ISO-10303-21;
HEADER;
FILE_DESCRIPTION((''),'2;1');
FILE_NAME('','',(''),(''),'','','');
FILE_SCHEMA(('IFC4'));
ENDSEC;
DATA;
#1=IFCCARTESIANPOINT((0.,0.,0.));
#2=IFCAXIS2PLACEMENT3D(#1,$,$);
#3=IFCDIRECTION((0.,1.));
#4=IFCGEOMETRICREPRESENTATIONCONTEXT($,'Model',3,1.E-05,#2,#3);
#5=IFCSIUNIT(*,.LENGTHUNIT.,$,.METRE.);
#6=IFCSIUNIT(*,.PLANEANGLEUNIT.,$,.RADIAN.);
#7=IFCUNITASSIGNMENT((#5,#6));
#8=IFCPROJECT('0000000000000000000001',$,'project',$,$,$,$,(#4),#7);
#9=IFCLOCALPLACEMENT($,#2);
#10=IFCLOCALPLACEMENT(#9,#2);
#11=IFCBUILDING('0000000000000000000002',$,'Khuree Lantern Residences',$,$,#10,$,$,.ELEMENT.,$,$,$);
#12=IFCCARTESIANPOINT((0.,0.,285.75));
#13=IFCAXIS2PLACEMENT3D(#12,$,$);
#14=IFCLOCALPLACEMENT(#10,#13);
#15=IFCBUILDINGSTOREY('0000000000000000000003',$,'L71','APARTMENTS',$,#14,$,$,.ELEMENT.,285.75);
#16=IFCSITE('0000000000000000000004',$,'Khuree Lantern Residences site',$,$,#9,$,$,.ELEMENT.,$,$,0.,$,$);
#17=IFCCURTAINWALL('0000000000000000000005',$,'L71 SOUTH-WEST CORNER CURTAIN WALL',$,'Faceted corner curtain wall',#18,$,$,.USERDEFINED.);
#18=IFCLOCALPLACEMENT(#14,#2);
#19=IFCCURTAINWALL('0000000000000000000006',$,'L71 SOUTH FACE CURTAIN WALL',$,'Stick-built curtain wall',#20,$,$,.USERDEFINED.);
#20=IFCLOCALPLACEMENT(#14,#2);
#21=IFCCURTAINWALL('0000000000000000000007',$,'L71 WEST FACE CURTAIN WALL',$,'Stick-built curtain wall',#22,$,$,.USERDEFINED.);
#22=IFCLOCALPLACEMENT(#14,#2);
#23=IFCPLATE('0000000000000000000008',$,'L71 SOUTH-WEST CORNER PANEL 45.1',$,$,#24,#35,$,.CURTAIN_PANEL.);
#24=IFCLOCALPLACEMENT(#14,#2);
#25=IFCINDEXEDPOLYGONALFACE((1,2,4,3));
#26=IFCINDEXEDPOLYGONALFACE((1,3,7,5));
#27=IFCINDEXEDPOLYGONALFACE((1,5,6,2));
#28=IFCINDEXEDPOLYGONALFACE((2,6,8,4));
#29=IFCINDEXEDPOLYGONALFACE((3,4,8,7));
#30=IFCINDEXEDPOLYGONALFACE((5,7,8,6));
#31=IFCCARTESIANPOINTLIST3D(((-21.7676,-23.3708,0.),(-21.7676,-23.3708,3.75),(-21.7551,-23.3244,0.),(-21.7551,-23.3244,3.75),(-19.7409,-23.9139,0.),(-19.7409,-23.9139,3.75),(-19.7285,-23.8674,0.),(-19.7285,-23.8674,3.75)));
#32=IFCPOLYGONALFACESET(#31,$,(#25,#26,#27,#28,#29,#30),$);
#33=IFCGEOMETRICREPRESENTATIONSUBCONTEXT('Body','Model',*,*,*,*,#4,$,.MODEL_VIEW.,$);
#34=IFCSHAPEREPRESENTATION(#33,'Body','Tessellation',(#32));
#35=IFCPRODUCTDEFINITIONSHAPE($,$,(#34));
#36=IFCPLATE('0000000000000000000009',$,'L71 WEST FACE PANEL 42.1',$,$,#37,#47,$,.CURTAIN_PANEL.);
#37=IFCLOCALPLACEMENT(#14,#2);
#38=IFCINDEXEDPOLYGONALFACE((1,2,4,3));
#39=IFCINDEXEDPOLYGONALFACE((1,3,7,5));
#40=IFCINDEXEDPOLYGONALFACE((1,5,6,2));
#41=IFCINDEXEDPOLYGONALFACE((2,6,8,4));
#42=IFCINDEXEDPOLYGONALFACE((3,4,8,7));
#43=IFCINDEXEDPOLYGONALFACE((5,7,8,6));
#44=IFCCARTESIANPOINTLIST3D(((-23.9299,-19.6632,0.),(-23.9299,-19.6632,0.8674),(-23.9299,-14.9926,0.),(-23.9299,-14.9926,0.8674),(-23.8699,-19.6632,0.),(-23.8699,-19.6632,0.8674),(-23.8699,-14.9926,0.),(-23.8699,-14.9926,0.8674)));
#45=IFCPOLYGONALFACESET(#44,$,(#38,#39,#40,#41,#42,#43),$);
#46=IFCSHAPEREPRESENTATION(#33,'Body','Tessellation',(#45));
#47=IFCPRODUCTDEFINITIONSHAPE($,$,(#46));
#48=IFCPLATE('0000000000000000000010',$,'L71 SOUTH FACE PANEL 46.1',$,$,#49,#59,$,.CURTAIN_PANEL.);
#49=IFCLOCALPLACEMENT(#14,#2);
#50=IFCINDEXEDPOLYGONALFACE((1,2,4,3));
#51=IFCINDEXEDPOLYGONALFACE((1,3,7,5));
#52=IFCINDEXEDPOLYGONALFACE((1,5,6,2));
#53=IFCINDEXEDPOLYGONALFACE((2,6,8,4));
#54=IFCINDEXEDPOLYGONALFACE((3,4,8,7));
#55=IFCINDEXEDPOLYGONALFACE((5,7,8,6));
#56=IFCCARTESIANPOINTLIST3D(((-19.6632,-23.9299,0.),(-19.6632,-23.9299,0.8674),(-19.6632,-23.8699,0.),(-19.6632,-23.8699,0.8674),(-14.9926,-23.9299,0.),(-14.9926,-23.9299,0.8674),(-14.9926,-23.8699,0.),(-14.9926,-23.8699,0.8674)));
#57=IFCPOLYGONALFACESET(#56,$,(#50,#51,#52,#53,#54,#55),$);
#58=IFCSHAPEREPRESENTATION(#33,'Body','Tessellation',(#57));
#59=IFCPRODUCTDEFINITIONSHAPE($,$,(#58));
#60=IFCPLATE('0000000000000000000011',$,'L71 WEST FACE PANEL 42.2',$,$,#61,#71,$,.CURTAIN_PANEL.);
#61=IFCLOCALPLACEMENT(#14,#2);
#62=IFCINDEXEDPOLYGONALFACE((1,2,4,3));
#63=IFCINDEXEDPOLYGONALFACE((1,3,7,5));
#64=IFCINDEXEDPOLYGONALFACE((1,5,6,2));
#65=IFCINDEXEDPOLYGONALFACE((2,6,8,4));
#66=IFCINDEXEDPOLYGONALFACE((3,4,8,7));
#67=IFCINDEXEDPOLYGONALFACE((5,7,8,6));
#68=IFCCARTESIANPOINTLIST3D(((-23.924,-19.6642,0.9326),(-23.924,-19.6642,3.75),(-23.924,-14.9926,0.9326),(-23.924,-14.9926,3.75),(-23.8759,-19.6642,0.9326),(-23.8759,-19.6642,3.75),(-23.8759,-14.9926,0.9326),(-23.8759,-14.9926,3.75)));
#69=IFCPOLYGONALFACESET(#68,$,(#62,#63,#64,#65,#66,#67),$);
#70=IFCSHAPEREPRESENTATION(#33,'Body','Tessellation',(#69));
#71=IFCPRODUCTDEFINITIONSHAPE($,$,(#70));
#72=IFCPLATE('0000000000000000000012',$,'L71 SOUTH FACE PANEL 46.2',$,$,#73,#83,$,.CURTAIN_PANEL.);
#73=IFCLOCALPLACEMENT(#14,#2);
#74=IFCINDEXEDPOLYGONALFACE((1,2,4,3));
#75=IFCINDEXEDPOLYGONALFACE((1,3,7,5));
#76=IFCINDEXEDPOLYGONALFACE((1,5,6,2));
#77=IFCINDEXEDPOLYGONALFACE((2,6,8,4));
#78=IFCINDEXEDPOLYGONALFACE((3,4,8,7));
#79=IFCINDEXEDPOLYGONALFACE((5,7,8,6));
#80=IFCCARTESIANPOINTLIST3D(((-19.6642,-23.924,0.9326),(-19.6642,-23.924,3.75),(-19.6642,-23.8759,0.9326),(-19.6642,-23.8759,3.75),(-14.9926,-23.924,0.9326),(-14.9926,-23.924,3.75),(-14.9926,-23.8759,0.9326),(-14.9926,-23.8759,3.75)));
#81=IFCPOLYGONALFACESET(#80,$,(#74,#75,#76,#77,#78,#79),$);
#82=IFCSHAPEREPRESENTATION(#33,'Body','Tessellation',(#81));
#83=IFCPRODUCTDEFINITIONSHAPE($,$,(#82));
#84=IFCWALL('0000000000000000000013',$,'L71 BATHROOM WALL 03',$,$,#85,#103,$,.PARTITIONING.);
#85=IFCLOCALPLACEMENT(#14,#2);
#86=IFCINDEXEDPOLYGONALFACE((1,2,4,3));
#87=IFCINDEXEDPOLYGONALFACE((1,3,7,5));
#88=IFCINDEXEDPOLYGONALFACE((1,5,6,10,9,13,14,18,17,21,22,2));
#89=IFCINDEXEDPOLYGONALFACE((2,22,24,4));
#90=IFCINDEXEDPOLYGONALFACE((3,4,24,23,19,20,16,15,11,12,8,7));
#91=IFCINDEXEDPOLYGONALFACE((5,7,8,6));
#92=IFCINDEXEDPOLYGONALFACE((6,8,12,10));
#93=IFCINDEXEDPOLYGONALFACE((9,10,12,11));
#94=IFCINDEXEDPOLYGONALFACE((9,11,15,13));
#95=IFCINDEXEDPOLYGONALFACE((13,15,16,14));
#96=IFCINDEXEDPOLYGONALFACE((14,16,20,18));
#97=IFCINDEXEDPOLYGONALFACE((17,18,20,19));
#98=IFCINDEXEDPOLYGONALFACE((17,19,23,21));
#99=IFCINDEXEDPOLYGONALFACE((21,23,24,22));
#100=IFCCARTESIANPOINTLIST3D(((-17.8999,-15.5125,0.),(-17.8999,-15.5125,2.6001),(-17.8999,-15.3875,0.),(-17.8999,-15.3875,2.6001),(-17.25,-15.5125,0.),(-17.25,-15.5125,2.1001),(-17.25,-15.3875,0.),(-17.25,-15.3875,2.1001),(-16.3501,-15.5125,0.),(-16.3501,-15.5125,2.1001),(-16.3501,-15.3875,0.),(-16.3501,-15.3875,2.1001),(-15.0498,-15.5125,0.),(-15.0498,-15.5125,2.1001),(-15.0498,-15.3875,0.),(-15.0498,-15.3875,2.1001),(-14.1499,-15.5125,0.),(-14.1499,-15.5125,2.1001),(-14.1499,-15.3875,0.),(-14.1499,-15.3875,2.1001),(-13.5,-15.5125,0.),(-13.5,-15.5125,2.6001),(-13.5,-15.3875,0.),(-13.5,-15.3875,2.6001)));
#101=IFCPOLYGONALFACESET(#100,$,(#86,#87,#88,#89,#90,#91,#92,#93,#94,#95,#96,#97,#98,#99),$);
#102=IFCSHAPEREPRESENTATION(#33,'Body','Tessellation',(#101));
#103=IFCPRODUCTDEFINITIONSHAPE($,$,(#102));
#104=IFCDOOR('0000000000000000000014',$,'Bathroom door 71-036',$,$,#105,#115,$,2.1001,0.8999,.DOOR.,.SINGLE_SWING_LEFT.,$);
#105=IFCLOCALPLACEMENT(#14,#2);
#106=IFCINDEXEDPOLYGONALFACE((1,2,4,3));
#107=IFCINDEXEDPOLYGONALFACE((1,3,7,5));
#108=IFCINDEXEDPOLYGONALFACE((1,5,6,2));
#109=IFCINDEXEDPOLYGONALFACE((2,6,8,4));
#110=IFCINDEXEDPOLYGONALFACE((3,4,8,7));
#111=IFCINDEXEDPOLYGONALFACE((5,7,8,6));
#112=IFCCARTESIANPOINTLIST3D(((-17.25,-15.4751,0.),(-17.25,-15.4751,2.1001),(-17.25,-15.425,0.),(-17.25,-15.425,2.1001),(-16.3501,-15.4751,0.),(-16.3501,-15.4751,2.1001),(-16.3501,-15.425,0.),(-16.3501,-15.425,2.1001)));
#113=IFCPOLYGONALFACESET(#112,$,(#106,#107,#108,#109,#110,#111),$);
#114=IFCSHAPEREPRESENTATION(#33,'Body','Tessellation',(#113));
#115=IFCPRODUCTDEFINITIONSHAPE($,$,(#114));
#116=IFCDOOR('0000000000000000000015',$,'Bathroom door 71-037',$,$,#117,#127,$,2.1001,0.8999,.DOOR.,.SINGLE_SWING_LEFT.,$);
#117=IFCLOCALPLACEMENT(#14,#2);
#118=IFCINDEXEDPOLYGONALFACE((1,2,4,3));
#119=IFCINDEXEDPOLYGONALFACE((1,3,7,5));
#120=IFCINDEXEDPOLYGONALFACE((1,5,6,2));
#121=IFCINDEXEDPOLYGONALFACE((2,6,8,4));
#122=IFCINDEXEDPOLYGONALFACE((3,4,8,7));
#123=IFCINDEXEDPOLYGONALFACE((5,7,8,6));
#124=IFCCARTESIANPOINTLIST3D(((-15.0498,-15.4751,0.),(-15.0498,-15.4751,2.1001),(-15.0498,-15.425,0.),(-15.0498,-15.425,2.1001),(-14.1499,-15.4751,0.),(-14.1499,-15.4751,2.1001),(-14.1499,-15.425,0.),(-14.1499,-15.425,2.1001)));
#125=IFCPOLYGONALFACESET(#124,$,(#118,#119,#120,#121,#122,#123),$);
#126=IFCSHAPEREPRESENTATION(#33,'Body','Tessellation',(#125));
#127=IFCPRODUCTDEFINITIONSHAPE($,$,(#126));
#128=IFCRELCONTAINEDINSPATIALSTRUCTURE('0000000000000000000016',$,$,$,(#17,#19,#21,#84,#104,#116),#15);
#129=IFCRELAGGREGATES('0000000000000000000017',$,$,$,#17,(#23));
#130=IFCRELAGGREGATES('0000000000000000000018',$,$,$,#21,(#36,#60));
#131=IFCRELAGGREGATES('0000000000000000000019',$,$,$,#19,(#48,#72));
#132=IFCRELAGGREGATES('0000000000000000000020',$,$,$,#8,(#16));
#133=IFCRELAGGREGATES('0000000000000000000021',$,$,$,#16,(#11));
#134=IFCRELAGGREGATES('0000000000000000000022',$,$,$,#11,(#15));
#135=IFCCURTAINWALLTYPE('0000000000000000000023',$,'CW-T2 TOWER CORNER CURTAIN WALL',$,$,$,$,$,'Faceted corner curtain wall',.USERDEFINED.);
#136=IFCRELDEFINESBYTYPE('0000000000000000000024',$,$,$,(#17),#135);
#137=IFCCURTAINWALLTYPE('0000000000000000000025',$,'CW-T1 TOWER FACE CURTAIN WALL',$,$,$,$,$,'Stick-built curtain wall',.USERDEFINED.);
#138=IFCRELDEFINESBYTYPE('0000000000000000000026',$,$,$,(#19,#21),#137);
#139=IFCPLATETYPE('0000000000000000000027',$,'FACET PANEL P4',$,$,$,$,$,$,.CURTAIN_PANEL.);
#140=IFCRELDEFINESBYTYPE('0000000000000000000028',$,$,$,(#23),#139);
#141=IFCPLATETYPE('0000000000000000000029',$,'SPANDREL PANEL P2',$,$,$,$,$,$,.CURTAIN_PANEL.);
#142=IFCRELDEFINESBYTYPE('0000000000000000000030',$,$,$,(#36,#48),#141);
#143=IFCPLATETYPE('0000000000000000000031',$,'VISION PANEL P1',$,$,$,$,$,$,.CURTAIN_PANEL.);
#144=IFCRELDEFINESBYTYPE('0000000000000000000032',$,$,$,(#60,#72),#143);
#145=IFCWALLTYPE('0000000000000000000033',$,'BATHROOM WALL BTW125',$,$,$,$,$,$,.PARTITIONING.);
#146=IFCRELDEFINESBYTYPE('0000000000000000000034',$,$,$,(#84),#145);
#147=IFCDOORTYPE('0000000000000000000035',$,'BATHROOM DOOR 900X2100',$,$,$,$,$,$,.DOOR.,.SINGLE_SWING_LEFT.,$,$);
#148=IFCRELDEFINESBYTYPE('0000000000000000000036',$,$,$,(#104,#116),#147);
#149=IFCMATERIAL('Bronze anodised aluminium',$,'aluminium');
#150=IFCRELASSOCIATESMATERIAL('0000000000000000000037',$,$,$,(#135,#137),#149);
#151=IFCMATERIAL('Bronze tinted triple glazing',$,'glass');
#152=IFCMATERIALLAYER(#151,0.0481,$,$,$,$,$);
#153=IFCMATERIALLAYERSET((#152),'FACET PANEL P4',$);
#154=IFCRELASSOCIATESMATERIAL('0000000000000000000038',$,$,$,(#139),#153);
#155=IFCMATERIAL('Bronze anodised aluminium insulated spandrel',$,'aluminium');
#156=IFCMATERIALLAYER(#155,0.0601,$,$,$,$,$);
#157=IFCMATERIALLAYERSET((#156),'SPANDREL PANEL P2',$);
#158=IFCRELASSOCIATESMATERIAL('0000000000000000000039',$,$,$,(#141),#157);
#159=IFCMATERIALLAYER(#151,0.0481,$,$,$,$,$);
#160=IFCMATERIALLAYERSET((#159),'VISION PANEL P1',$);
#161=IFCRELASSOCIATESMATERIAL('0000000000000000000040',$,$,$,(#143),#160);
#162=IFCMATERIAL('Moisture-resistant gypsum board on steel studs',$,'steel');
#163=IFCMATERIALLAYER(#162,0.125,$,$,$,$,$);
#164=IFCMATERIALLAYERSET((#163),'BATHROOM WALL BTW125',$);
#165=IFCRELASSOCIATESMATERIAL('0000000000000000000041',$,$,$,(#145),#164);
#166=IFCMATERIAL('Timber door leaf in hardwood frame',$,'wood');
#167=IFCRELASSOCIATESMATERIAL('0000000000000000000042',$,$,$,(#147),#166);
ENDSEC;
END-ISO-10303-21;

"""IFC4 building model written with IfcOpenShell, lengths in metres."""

from ifc_helpers import new_model, si_unit, direction, frame, frame_2d, origin, origin_2d, place, context, subcontext, project, spatial, rectangle, extrude, material, layer, layer_set, type_object, element, fill, aggregate, save


model = new_model("IFC4")

# Units and contexts
model_context = context("Model", 3, precision=1e-05, world=origin(), true_north=direction((0.0, 1.0)))
body_context = subcontext(model_context, "Body", "Model", "MODEL_VIEW")
ifc_project = project(units=[si_unit("LENGTHUNIT", "METRE"), si_unit("PLANEANGLEUNIT", "RADIAN")], contexts=[model_context])

# Site, building, storey
site_placement = place(None, origin())
site = spatial("IfcSite", under=ifc_project, at=site_placement, Name="Khuree Lantern Residences site", CompositionType="ELEMENT", RefElevation=0.0)
building_placement = place(site_placement, origin())
building = spatial("IfcBuilding", under=site, at=building_placement, Name="Khuree Lantern Residences", CompositionType="ELEMENT")
storey_placement = place(building_placement, frame((0.0, 0.0, 285.75)))
storey = spatial("IfcBuildingStorey", under=building, at=storey_placement, Name="L71", Description="APARTMENTS", CompositionType="ELEMENT", Elevation=285.75)

# Curtain wall
ifc_material_1 = material(Name="Bronze anodised aluminium", Category="aluminium")
curtain_wall_type_1 = type_object("IfcCurtainWallType", Name="CW-T2 TOWER CORNER CURTAIN WALL", ElementType="Faceted corner curtain wall", PredefinedType="USERDEFINED", material=ifc_material_1)
curtain_wall_1_placement = place(storey_placement, origin())
curtain_wall_1 = element("IfcCurtainWall", 1, at=curtain_wall_1_placement, inside=storey, type_object=curtain_wall_type_1, Name="L71 SOUTH-WEST CORNER CURTAIN WALL", ObjectType="Faceted corner curtain wall", PredefinedType="USERDEFINED")

# Curtain wall
curtain_wall_type_2 = type_object("IfcCurtainWallType", Name="CW-T1 TOWER FACE CURTAIN WALL", ElementType="Stick-built curtain wall", PredefinedType="USERDEFINED", material=ifc_material_1)
curtain_wall_2_placement = place(storey_placement, origin())
curtain_wall_2 = element("IfcCurtainWall", 2, at=curtain_wall_2_placement, inside=storey, type_object=curtain_wall_type_2, Name="L71 SOUTH FACE CURTAIN WALL", ObjectType="Stick-built curtain wall", PredefinedType="USERDEFINED")

# Curtain wall
curtain_wall_3_placement = place(storey_placement, origin())
curtain_wall_3 = element("IfcCurtainWall", 3, at=curtain_wall_3_placement, inside=storey, type_object=curtain_wall_type_2, Name="L71 WEST FACE CURTAIN WALL", ObjectType="Stick-built curtain wall", PredefinedType="USERDEFINED")

# Plates
ifc_material_2 = material(Name="Bronze tinted triple glazing", Category="glass")
ifc_layer_1 = layer(ifc_material_2, 0.0481)
ifc_layer_set_1 = layer_set([ifc_layer_1], Name="FACET PANEL P4")
plate_type_1 = type_object("IfcPlateType", Name="FACET PANEL P4", PredefinedType="CURTAIN_PANEL", material=ifc_layer_set_1)
plate_1_placement = place(storey_placement, frame((-20.748, -23.6191, 0.0), z_axis=(0.0, 0.0, 1.0), x_axis=(0.965926, -0.258819, 0.0)))
plate_1 = element("IfcPlate", 4, at=plate_1_placement, type_object=plate_type_1, Name="L71 SOUTH-WEST CORNER PANEL 45.1", PredefinedType="CURTAIN_PANEL", context=body_context, shape_type="SweptSolid", body=[
    extrude(rectangle(XDim=2.0981, YDim=0.0481, at=origin_2d()), origin(), (0.0, 0.0, 1.0), 3.75),
])
aggregate(curtain_wall_1, [plate_1])
ifc_material_3 = material(Name="Bronze anodised aluminium insulated spandrel", Category="aluminium")
ifc_layer_2 = layer(ifc_material_3, 0.0601)
ifc_layer_set_2 = layer_set([ifc_layer_2], Name="SPANDREL PANEL P2")
plate_type_2 = type_object("IfcPlateType", Name="SPANDREL PANEL P2", PredefinedType="CURTAIN_PANEL", material=ifc_layer_set_2)
plate_2_placement = place(storey_placement, frame((-23.8999, -17.3279, 0.0), z_axis=(0.0, 0.0, 1.0), x_axis=(0.0, -1.0, 0.0)))
plate_2 = element("IfcPlate", 5, at=plate_2_placement, type_object=plate_type_2, Name="L71 WEST FACE PANEL 42.1", PredefinedType="CURTAIN_PANEL", context=body_context, shape_type="SweptSolid", body=[
    extrude(rectangle(XDim=4.6707, YDim=0.0601, at=origin_2d()), origin(), (0.0, 0.0, 1.0), 0.8674),
])
plate_3_placement = place(storey_placement, frame((-17.3279, -23.8999, 0.0), z_axis=(0.0, 0.0, 1.0), x_axis=(1.0, 0.0, 0.0)))
plate_3 = element("IfcPlate", 6, at=plate_3_placement, type_object=plate_type_2, Name="L71 SOUTH FACE PANEL 46.1", PredefinedType="CURTAIN_PANEL", context=body_context, shape_type="SweptSolid", body=[
    extrude(rectangle(XDim=4.6707, YDim=0.0601, at=origin_2d()), origin(), (0.0, 0.0, 1.0), 0.8674),
])
ifc_layer_3 = layer(ifc_material_2, 0.0481)
ifc_layer_set_3 = layer_set([ifc_layer_3], Name="VISION PANEL P1")
plate_type_3 = type_object("IfcPlateType", Name="VISION PANEL P1", PredefinedType="CURTAIN_PANEL", material=ifc_layer_set_3)
plate_4_placement = place(storey_placement, frame((-23.8999, -17.3284, 0.9326), z_axis=(0.0, 0.0, 1.0), x_axis=(0.0, -1.0, 0.0)))
plate_4 = element("IfcPlate", 7, at=plate_4_placement, type_object=plate_type_3, Name="L71 WEST FACE PANEL 42.2", PredefinedType="CURTAIN_PANEL", context=body_context, shape_type="SweptSolid", body=[
    extrude(rectangle(XDim=4.6716, YDim=0.0481, at=origin_2d()), origin(), (0.0, 0.0, 1.0), 2.8174),
])
aggregate(curtain_wall_3, [plate_2, plate_4])
plate_5_placement = place(storey_placement, frame((-17.3284, -23.8999, 0.9326), z_axis=(0.0, 0.0, 1.0), x_axis=(1.0, 0.0, 0.0)))
plate_5 = element("IfcPlate", 8, at=plate_5_placement, type_object=plate_type_3, Name="L71 SOUTH FACE PANEL 46.2", PredefinedType="CURTAIN_PANEL", context=body_context, shape_type="SweptSolid", body=[
    extrude(rectangle(XDim=4.6716, YDim=0.0481, at=origin_2d()), origin(), (0.0, 0.0, 1.0), 2.8174),
])
aggregate(curtain_wall_2, [plate_3, plate_5])

# Wall, openings, doors
ifc_material_4 = material(Name="Moisture-resistant gypsum board on steel studs", Category="steel")
ifc_layer_4 = layer(ifc_material_4, 0.125)
ifc_layer_set_4 = layer_set([ifc_layer_4], Name="BATHROOM WALL BTW125")
wall_type = type_object("IfcWallType", Name="BATHROOM WALL BTW125", PredefinedType="PARTITIONING", material=ifc_layer_set_4)
wall_placement = place(storey_placement, frame((-17.8999, -15.45, 0.0), z_axis=(0.0, 0.0, 1.0), x_axis=(1.0, 0.0, 0.0)))
wall = element("IfcWall", 9, at=wall_placement, inside=storey, type_object=wall_type, Name="L71 BATHROOM WALL 03", PredefinedType="PARTITIONING", context=body_context, shape_type="SweptSolid", body=[
    extrude(rectangle(XDim=4.3999, YDim=0.125, at=frame_2d((2.2, 0.0))), origin(), (0.0, 0.0, 1.0), 2.6001),
])
opening_1_placement = place(wall_placement, frame((0.6499, 0.0, 0.0)))
opening_1 = element("IfcOpeningElement", 10, at=opening_1_placement, cuts=wall, PredefinedType="OPENING", context=body_context, shape_type="SweptSolid", body=[
    extrude(rectangle(XDim=0.8999, YDim=2.1001, at=frame_2d((0.45, 1.05))), frame((0.0, 0.0725, 0.0), z_axis=(0.0, -1.0, 0.0), x_axis=(1.0, 0.0, 0.0)), (0.0, 0.0, 1.0), 0.145),
])
opening_2_placement = place(wall_placement, frame((2.8501, 0.0, 0.0)))
opening_2 = element("IfcOpeningElement", 11, at=opening_2_placement, cuts=wall, PredefinedType="OPENING", context=body_context, shape_type="SweptSolid", body=[
    extrude(rectangle(XDim=0.8999, YDim=2.1001, at=frame_2d((0.45, 1.05))), frame((0.0, 0.0725, 0.0), z_axis=(0.0, -1.0, 0.0), x_axis=(1.0, 0.0, 0.0)), (0.0, 0.0, 1.0), 0.145),
])
ifc_material_5 = material(Name="Timber door leaf in hardwood frame", Category="wood")
door_type = type_object("IfcDoorType", Name="BATHROOM DOOR 900X2100", OperationType="SINGLE_SWING_LEFT", PredefinedType="DOOR", material=ifc_material_5)
door_1_placement = place(opening_1_placement, origin())
door_1 = element("IfcDoor", 12, at=door_1_placement, inside=storey, type_object=door_type, Name="Bathroom door 71-036", OperationType="SINGLE_SWING_LEFT", OverallHeight=2.1001, OverallWidth=0.8999, PredefinedType="DOOR", context=body_context, shape_type="SweptSolid", body=[
    extrude(rectangle(XDim=0.8999, YDim=2.1001, at=frame_2d((0.45, 1.05))), frame((0.0, 0.0249, 0.0), z_axis=(0.0, -1.0, 0.0), x_axis=(1.0, 0.0, 0.0)), (0.0, 0.0, 1.0), 0.05),
])
fill(opening_1, door_1)
door_2_placement = place(opening_2_placement, origin())
door_2 = element("IfcDoor", 13, at=door_2_placement, inside=storey, type_object=door_type, Name="Bathroom door 71-037", OperationType="SINGLE_SWING_LEFT", OverallHeight=2.1001, OverallWidth=0.8999, PredefinedType="DOOR", context=body_context, shape_type="SweptSolid", body=[
    extrude(rectangle(XDim=0.8999, YDim=2.1001, at=frame_2d((0.45, 1.05))), frame((0.0, 0.0249, 0.0), z_axis=(0.0, -1.0, 0.0), x_axis=(1.0, 0.0, 0.0)), (0.0, 0.0, 1.0), 0.05),
])
fill(opening_2, door_2)

save(model, "model.ifc")
